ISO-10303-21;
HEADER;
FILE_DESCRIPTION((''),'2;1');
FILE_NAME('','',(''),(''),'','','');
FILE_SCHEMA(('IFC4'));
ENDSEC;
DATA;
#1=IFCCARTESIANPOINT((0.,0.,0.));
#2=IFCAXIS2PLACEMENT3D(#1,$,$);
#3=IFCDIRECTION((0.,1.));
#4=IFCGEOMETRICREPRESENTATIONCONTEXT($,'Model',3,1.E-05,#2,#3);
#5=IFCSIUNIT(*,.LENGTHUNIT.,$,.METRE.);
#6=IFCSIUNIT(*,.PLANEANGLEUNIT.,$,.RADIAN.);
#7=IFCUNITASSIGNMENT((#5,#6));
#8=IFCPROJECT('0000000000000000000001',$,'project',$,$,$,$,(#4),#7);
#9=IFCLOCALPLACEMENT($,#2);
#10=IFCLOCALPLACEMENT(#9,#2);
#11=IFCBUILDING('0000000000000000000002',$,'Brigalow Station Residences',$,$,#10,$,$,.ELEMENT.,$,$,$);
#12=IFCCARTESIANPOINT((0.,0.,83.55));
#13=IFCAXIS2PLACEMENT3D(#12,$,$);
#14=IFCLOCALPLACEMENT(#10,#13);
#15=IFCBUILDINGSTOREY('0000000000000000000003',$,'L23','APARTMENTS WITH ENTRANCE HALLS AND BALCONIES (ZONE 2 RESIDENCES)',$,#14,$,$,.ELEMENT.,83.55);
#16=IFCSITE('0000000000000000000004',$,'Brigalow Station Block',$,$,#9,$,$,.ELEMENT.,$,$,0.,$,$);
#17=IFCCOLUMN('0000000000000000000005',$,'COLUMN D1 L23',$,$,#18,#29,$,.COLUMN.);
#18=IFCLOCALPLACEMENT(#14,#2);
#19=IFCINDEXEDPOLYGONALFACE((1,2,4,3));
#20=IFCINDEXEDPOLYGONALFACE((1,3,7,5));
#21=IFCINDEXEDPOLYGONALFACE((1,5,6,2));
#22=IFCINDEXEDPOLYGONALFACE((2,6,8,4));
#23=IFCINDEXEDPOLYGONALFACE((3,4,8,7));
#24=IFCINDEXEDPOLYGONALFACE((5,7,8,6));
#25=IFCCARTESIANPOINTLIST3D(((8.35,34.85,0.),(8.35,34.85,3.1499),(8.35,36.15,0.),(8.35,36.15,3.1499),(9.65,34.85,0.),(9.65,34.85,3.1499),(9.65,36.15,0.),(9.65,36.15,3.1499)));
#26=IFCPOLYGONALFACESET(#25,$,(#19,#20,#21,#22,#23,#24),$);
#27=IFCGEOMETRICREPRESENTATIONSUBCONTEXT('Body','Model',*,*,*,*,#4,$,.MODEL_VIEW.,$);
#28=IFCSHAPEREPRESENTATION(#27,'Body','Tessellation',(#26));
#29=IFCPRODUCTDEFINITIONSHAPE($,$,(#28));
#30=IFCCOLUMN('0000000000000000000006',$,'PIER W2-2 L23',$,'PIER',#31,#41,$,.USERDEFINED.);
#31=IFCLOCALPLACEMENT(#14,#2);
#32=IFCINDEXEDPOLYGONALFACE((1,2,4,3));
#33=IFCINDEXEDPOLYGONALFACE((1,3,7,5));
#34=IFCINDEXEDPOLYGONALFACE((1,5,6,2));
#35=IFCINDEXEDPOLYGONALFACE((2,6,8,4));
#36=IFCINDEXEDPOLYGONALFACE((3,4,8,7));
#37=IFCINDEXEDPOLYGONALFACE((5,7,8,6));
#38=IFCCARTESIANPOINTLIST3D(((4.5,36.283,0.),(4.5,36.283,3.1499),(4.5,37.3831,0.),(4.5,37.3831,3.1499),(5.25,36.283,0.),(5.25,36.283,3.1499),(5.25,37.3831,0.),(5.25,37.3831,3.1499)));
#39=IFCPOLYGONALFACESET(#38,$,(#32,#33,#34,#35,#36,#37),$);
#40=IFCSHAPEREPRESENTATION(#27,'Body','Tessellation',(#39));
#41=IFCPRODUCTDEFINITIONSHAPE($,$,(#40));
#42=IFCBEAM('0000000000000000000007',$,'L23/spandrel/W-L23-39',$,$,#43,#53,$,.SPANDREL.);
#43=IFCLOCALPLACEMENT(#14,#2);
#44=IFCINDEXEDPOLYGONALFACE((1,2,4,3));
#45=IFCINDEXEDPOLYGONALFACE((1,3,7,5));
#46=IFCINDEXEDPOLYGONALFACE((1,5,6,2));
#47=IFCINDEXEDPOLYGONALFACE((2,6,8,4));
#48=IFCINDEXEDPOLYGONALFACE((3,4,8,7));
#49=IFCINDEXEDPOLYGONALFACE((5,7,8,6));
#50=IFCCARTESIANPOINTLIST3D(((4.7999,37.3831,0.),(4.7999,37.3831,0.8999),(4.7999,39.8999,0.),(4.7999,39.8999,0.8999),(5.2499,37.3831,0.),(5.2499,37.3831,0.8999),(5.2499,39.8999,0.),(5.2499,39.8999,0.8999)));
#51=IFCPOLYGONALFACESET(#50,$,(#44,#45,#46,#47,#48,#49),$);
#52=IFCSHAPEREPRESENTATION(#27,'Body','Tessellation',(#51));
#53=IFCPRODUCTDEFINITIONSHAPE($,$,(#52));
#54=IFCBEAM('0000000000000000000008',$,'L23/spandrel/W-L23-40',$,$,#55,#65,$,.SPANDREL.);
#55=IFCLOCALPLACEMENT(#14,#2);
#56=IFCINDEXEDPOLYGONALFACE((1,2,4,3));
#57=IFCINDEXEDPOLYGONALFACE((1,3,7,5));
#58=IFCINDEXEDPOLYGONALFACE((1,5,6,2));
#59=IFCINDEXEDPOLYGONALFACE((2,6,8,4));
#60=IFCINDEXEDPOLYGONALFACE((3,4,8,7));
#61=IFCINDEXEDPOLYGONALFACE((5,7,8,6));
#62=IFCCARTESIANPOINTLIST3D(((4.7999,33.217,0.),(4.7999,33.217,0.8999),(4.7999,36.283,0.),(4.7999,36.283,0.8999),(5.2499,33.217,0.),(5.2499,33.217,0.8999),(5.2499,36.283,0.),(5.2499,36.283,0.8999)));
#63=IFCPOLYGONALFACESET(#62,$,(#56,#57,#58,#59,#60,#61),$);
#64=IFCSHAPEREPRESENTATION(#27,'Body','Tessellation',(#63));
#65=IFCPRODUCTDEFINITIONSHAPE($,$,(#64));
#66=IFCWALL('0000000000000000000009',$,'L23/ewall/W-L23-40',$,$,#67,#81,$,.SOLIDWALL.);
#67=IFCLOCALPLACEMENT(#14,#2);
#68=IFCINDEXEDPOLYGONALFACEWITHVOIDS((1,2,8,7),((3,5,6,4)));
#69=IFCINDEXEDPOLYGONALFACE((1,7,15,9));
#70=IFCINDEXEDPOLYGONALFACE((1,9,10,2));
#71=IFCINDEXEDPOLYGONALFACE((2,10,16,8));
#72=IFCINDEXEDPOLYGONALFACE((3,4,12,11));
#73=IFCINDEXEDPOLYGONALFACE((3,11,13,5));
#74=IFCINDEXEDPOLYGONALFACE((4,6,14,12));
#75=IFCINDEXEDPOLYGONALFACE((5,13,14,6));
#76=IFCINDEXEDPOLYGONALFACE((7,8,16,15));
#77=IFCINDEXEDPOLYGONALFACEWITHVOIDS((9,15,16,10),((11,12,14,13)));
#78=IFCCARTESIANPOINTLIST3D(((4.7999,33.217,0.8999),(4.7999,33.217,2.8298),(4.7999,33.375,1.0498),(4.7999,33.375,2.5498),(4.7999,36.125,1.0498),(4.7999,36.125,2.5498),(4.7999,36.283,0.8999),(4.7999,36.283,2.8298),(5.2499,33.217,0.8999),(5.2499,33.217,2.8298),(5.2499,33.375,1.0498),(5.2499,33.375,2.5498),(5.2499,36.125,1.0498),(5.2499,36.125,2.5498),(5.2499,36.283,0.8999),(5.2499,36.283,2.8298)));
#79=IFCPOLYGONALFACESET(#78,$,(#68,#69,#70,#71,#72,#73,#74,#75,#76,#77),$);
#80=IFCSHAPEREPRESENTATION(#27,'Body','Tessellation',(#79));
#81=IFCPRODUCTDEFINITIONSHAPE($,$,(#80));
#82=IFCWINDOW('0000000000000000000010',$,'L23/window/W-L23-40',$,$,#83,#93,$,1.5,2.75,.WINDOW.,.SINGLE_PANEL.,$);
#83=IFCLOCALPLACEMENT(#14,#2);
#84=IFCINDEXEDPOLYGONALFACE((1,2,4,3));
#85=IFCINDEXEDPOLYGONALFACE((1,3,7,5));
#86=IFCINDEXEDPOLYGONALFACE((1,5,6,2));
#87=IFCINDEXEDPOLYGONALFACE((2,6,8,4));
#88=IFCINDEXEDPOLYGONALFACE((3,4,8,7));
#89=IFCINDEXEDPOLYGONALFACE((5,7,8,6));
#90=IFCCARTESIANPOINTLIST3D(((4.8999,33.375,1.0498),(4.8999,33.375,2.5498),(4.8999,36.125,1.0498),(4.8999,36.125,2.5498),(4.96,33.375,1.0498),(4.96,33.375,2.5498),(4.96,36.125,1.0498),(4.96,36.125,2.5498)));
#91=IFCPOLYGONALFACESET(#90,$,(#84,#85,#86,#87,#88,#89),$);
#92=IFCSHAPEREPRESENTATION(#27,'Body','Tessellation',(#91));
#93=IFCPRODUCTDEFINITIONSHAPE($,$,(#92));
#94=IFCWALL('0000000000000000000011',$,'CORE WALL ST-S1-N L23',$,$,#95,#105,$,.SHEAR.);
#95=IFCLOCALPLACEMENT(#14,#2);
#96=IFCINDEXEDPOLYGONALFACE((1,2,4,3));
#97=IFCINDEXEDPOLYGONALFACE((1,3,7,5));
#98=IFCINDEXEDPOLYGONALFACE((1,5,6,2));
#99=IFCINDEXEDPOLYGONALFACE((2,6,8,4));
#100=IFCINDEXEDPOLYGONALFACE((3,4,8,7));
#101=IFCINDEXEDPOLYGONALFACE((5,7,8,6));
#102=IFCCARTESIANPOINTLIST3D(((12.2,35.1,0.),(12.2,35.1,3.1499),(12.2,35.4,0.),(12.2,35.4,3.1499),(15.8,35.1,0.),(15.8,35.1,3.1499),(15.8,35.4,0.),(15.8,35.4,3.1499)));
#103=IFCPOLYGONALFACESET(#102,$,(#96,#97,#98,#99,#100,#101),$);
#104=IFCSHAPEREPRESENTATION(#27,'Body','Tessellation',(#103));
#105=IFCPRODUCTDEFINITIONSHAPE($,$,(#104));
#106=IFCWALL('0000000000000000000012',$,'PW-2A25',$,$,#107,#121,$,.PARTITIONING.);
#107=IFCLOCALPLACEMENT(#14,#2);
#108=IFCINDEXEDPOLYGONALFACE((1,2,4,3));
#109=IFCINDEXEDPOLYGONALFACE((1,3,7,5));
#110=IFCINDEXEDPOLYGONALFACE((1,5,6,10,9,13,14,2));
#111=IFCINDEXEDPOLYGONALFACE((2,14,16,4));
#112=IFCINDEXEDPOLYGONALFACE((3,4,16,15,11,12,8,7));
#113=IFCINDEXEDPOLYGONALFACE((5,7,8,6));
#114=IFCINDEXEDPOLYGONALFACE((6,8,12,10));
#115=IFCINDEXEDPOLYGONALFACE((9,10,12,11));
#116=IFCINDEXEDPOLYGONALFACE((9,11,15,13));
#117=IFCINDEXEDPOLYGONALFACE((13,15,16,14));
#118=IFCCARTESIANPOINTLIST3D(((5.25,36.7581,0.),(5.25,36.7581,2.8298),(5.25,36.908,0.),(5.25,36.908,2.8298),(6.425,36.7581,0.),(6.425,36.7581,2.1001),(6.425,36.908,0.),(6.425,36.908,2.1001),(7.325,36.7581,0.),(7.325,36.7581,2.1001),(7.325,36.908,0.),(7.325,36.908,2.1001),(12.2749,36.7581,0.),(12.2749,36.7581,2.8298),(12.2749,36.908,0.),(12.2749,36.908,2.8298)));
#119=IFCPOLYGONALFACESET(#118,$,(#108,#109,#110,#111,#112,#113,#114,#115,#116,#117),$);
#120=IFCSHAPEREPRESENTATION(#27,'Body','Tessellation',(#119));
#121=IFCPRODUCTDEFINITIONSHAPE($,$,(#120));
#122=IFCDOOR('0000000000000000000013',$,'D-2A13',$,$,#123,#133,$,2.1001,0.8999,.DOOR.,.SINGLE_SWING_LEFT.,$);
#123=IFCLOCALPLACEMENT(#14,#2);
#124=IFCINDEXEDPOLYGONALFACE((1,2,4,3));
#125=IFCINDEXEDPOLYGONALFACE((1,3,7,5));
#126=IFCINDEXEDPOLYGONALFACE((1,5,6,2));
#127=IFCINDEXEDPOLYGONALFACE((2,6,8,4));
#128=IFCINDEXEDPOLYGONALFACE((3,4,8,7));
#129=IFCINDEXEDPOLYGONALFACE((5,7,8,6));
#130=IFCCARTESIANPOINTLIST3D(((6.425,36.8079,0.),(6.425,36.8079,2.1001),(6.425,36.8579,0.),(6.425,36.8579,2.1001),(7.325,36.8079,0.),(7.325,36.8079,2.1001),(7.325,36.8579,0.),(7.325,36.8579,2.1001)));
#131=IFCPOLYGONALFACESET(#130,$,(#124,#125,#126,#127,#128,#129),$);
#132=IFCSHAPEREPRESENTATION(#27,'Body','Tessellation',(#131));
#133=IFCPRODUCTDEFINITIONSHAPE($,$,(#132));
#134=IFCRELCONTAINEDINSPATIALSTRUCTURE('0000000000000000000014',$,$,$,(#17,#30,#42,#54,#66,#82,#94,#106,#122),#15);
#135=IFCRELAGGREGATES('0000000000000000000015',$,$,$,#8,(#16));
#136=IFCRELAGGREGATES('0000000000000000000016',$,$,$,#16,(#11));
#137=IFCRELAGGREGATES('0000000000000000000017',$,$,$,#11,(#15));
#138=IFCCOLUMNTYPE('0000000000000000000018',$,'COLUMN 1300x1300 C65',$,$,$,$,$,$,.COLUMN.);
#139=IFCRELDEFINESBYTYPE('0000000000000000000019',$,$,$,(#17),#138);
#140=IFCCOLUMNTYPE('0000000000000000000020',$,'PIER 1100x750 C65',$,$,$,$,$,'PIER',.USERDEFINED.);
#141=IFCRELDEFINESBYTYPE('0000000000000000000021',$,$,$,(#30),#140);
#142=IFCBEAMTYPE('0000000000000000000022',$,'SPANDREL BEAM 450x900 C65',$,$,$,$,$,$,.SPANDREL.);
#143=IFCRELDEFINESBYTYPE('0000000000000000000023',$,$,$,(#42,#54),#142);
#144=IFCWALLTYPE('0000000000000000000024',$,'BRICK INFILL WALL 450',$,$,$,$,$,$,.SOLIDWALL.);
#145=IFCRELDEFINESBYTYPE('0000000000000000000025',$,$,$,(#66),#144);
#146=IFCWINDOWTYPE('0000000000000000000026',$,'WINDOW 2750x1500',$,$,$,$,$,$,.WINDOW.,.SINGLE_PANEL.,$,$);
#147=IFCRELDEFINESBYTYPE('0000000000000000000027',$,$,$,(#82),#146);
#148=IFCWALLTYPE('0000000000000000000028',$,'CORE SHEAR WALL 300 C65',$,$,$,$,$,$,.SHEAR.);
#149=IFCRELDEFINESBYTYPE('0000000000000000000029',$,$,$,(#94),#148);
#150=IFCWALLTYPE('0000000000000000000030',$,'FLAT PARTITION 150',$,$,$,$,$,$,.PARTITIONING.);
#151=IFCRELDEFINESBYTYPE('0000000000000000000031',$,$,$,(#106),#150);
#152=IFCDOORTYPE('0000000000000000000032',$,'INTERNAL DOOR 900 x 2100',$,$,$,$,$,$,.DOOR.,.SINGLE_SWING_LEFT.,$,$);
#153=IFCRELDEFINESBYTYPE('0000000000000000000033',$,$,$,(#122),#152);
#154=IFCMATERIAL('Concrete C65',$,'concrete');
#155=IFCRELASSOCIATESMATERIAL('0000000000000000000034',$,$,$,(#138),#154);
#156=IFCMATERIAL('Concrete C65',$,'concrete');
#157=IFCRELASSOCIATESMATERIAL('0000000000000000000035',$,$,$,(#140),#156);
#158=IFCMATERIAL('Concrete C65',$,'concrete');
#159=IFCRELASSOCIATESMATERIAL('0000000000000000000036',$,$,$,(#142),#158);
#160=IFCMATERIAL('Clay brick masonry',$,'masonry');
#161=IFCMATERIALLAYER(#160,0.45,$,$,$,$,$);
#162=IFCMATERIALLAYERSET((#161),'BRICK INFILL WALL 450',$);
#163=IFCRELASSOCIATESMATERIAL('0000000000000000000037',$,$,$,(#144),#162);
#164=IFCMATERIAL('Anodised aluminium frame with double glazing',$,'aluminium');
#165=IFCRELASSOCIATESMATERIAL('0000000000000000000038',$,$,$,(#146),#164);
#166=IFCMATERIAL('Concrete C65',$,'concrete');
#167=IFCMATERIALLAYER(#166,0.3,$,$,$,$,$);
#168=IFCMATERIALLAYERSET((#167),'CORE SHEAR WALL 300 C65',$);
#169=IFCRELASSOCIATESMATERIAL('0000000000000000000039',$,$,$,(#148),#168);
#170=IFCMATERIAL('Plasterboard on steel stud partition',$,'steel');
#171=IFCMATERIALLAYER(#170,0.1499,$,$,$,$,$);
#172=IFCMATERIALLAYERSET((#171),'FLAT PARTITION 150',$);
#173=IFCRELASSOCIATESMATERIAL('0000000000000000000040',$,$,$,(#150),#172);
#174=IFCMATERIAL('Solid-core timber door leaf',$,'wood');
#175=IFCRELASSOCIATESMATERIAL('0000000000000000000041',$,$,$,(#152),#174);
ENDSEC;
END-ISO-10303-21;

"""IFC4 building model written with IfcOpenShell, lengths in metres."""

from ifc_helpers import new_model, si_unit, direction, frame, frame_2d, origin, origin_2d, place, context, subcontext, project, spatial, rectangle, extrude, material, layer, layer_set, material_profile, profile_set, type_object, element, fill, save


model = new_model("IFC4")

# Units and contexts
model_context = context("Model", 3, precision=1e-05, world=origin(), true_north=direction((0.0, 1.0)))
body_context = subcontext(model_context, "Body", "Model", "MODEL_VIEW")
ifc_project = project(units=[si_unit("LENGTHUNIT", "METRE"), si_unit("PLANEANGLEUNIT", "RADIAN")], contexts=[model_context])

# Site, building, storey
site_placement = place(None, origin())
site = spatial("IfcSite", under=ifc_project, at=site_placement, Name="Brigalow Station Block", CompositionType="ELEMENT", RefElevation=0.0)
building_placement = place(site_placement, origin())
building = spatial("IfcBuilding", under=site, at=building_placement, Name="Brigalow Station Residences", CompositionType="ELEMENT")
storey_placement = place(building_placement, frame((0.0, 0.0, 83.55)))
storey = spatial("IfcBuildingStorey", under=building, at=storey_placement, Name="L23", Description="APARTMENTS WITH ENTRANCE HALLS AND BALCONIES (ZONE 2 RESIDENCES)", CompositionType="ELEMENT", Elevation=83.55)

# Columns
ifc_material_1 = material(Name="Concrete C65", Category="concrete")
ifc_material_profile_1 = material_profile(ifc_material_1, rectangle(XDim=1.3, YDim=1.3, at=origin_2d()), Name="RC1300x1300")
ifc_profile_set_1 = profile_set([ifc_material_profile_1], Name="Concrete C65")
column_type_1 = type_object("IfcColumnType", Name="COLUMN 1300x1300 C65", PredefinedType="COLUMN", material=ifc_profile_set_1)
column_1_placement = place(storey_placement, frame((9.0, 35.5, 0.0), z_axis=(0.0, 0.0, 1.0), x_axis=(1.0, 0.0, 0.0)))
element("IfcColumn", 1, at=column_1_placement, inside=storey, type_object=column_type_1, Name="COLUMN D1 L23", PredefinedType="COLUMN", context=body_context, shape_type="SweptSolid", body=[
    extrude(rectangle(XDim=1.3, YDim=1.3, at=origin_2d()), origin(), (0.0, 0.0, 1.0), 3.1499),
])
ifc_material_2 = material(Name="Concrete C65", Category="concrete")
ifc_material_profile_2 = material_profile(ifc_material_2, rectangle(XDim=1.1001, YDim=0.75, at=origin_2d()), Name="RC1100x750")
ifc_profile_set_2 = profile_set([ifc_material_profile_2], Name="Concrete C65")
column_type_2 = type_object("IfcColumnType", Name="PIER 1100x750 C65", ElementType="PIER", PredefinedType="USERDEFINED", material=ifc_profile_set_2)
column_2_placement = place(storey_placement, frame((4.875, 36.833, 0.0), z_axis=(0.0, 0.0, 1.0), x_axis=(0.0, -1.0, 0.0)))
element("IfcColumn", 2, at=column_2_placement, inside=storey, type_object=column_type_2, Name="PIER W2-2 L23", ObjectType="PIER", PredefinedType="USERDEFINED", context=body_context, shape_type="SweptSolid", body=[
    extrude(rectangle(XDim=1.1001, YDim=0.75, at=origin_2d()), origin(), (0.0, 0.0, 1.0), 3.1499),
])

# Beams
ifc_material_3 = material(Name="Concrete C65", Category="concrete")
ifc_material_profile_3 = material_profile(ifc_material_3, rectangle(XDim=0.45, YDim=0.8999, at=origin_2d()), Name="RC450x900")
ifc_profile_set_3 = profile_set([ifc_material_profile_3], Name="Concrete C65")
beam_type = type_object("IfcBeamType", Name="SPANDREL BEAM 450x900 C65", PredefinedType="SPANDREL", material=ifc_profile_set_3)
beam_1_placement = place(storey_placement, frame((5.0249, 39.8999, 0.45), z_axis=(0.0, -1.0, 0.0), x_axis=(1.0, 0.0, 0.0)))
element("IfcBeam", 3, at=beam_1_placement, inside=storey, type_object=beam_type, Name="L23/spandrel/W-L23-39", PredefinedType="SPANDREL", context=body_context, shape_type="SweptSolid", body=[
    extrude(rectangle(XDim=0.45, YDim=0.8999, at=origin_2d()), origin(), (0.0, 0.0, 1.0), 2.5168),
])
beam_2_placement = place(storey_placement, frame((5.0249, 36.283, 0.45), z_axis=(0.0, -1.0, 0.0), x_axis=(1.0, 0.0, 0.0)))
element("IfcBeam", 4, at=beam_2_placement, inside=storey, type_object=beam_type, Name="L23/spandrel/W-L23-40", PredefinedType="SPANDREL", context=body_context, shape_type="SweptSolid", body=[
    extrude(rectangle(XDim=0.45, YDim=0.8999, at=origin_2d()), origin(), (0.0, 0.0, 1.0), 3.0659),
])

# Wall, opening, window
ifc_material_4 = material(Name="Clay brick masonry", Category="masonry")
ifc_layer_1 = layer(ifc_material_4, 0.45)
ifc_layer_set_1 = layer_set([ifc_layer_1], Name="BRICK INFILL WALL 450")
wall_type_1 = type_object("IfcWallType", Name="BRICK INFILL WALL 450", PredefinedType="SOLIDWALL", material=ifc_layer_set_1)
wall_1_placement = place(storey_placement, frame((5.0249, 36.283, 0.8999), z_axis=(0.0, 0.0, 1.0), x_axis=(0.0, -1.0, 0.0)))
wall_1 = element("IfcWall", 5, at=wall_1_placement, inside=storey, type_object=wall_type_1, Name="L23/ewall/W-L23-40", PredefinedType="SOLIDWALL", context=body_context, shape_type="SweptSolid", body=[
    extrude(rectangle(XDim=3.0659, YDim=0.45, at=frame_2d((1.533, 0.0))), origin(), (0.0, 0.0, 1.0), 1.9299),
])
opening_1_placement = place(wall_1_placement, frame((0.158, 0.0, 0.1499)))
opening_1 = element("IfcOpeningElement", 6, at=opening_1_placement, cuts=wall_1, PredefinedType="OPENING", context=body_context, shape_type="SweptSolid", body=[
    extrude(rectangle(XDim=2.75, YDim=1.5, at=frame_2d((1.375, 0.75))), frame((0.0, 0.2349, 0.0), z_axis=(0.0, -1.0, 0.0), x_axis=(1.0, 0.0, 0.0)), (0.0, 0.0, 1.0), 0.47),
])
ifc_material_5 = material(Name="Anodised aluminium frame with double glazing", Category="aluminium")
window_type = type_object("IfcWindowType", Name="WINDOW 2750x1500", PartitioningType="SINGLE_PANEL", PredefinedType="WINDOW", material=ifc_material_5)
window_placement = place(opening_1_placement, origin())
window = element("IfcWindow", 7, at=window_placement, inside=storey, type_object=window_type, Name="L23/window/W-L23-40", OverallHeight=1.5, OverallWidth=2.75, PartitioningType="SINGLE_PANEL", PredefinedType="WINDOW", context=body_context, shape_type="SweptSolid", body=[
    extrude(rectangle(XDim=2.75, YDim=1.5, at=frame_2d((1.375, 0.75))), frame((0.0, -0.0649, 0.0), z_axis=(0.0, -1.0, 0.0), x_axis=(1.0, 0.0, 0.0)), (0.0, 0.0, 1.0), 0.0601),
])
fill(opening_1, window)

# Wall
ifc_material_6 = material(Name="Concrete C65", Category="concrete")
ifc_layer_2 = layer(ifc_material_6, 0.3)
ifc_layer_set_2 = layer_set([ifc_layer_2], Name="CORE SHEAR WALL 300 C65")
wall_type_2 = type_object("IfcWallType", Name="CORE SHEAR WALL 300 C65", PredefinedType="SHEAR", material=ifc_layer_set_2)
wall_2_placement = place(storey_placement, frame((12.2, 35.25, 0.0), z_axis=(0.0, 0.0, 1.0), x_axis=(1.0, 0.0, 0.0)))
element("IfcWall", 8, at=wall_2_placement, inside=storey, type_object=wall_type_2, Name="CORE WALL ST-S1-N L23", PredefinedType="SHEAR", context=body_context, shape_type="SweptSolid", body=[
    extrude(rectangle(XDim=3.6001, YDim=0.3, at=frame_2d((1.8, 0.0))), origin(), (0.0, 0.0, 1.0), 3.1499),
])

# Wall, opening, door
ifc_material_7 = material(Name="Plasterboard on steel stud partition", Category="steel")
ifc_layer_3 = layer(ifc_material_7, 0.1499)
ifc_layer_set_3 = layer_set([ifc_layer_3], Name="FLAT PARTITION 150")
wall_type_3 = type_object("IfcWallType", Name="FLAT PARTITION 150", PredefinedType="PARTITIONING", material=ifc_layer_set_3)
wall_3_placement = place(storey_placement, frame((5.25, 36.833, 0.0), z_axis=(0.0, 0.0, 1.0), x_axis=(1.0, 0.0, 0.0)))
wall_3 = element("IfcWall", 9, at=wall_3_placement, inside=storey, type_object=wall_type_3, Name="PW-2A25", PredefinedType="PARTITIONING", context=body_context, shape_type="SweptSolid", body=[
    extrude(rectangle(XDim=7.0249, YDim=0.1499, at=frame_2d((3.5125, 0.0))), origin(), (0.0, 0.0, 1.0), 2.8298),
])
opening_2_placement = place(wall_3_placement, frame((1.175, 0.0, 0.0)))
opening_2 = element("IfcOpeningElement", 10, at=opening_2_placement, cuts=wall_3, PredefinedType="OPENING", context=body_context, shape_type="SweptSolid", body=[
    extrude(rectangle(XDim=0.8999, YDim=2.1001, at=frame_2d((0.45, 1.05))), frame((0.0, 0.085, 0.0), z_axis=(0.0, -1.0, 0.0), x_axis=(1.0, 0.0, 0.0)), (0.0, 0.0, 1.0), 0.1699),
])
ifc_material_8 = material(Name="Solid-core timber door leaf", Category="wood")
door_type = type_object("IfcDoorType", Name="INTERNAL DOOR 900 x 2100", OperationType="SINGLE_SWING_LEFT", PredefinedType="DOOR", material=ifc_material_8)
door_1_placement = place(opening_2_placement, origin())
door_1 = element("IfcDoor", 11, at=door_1_placement, inside=storey, type_object=door_type, Name="D-2A13", OperationType="SINGLE_SWING_LEFT", OverallHeight=2.1001, OverallWidth=0.8999, PredefinedType="DOOR", context=body_context, shape_type="SweptSolid", body=[
    extrude(rectangle(XDim=0.8999, YDim=2.1001, at=frame_2d((0.45, 1.05))), frame((0.0, 0.0249, 0.0), z_axis=(0.0, -1.0, 0.0), x_axis=(1.0, 0.0, 0.0)), (0.0, 0.0, 1.0), 0.05),
])
fill(opening_2, door_1)

save(model, "model.ifc")
